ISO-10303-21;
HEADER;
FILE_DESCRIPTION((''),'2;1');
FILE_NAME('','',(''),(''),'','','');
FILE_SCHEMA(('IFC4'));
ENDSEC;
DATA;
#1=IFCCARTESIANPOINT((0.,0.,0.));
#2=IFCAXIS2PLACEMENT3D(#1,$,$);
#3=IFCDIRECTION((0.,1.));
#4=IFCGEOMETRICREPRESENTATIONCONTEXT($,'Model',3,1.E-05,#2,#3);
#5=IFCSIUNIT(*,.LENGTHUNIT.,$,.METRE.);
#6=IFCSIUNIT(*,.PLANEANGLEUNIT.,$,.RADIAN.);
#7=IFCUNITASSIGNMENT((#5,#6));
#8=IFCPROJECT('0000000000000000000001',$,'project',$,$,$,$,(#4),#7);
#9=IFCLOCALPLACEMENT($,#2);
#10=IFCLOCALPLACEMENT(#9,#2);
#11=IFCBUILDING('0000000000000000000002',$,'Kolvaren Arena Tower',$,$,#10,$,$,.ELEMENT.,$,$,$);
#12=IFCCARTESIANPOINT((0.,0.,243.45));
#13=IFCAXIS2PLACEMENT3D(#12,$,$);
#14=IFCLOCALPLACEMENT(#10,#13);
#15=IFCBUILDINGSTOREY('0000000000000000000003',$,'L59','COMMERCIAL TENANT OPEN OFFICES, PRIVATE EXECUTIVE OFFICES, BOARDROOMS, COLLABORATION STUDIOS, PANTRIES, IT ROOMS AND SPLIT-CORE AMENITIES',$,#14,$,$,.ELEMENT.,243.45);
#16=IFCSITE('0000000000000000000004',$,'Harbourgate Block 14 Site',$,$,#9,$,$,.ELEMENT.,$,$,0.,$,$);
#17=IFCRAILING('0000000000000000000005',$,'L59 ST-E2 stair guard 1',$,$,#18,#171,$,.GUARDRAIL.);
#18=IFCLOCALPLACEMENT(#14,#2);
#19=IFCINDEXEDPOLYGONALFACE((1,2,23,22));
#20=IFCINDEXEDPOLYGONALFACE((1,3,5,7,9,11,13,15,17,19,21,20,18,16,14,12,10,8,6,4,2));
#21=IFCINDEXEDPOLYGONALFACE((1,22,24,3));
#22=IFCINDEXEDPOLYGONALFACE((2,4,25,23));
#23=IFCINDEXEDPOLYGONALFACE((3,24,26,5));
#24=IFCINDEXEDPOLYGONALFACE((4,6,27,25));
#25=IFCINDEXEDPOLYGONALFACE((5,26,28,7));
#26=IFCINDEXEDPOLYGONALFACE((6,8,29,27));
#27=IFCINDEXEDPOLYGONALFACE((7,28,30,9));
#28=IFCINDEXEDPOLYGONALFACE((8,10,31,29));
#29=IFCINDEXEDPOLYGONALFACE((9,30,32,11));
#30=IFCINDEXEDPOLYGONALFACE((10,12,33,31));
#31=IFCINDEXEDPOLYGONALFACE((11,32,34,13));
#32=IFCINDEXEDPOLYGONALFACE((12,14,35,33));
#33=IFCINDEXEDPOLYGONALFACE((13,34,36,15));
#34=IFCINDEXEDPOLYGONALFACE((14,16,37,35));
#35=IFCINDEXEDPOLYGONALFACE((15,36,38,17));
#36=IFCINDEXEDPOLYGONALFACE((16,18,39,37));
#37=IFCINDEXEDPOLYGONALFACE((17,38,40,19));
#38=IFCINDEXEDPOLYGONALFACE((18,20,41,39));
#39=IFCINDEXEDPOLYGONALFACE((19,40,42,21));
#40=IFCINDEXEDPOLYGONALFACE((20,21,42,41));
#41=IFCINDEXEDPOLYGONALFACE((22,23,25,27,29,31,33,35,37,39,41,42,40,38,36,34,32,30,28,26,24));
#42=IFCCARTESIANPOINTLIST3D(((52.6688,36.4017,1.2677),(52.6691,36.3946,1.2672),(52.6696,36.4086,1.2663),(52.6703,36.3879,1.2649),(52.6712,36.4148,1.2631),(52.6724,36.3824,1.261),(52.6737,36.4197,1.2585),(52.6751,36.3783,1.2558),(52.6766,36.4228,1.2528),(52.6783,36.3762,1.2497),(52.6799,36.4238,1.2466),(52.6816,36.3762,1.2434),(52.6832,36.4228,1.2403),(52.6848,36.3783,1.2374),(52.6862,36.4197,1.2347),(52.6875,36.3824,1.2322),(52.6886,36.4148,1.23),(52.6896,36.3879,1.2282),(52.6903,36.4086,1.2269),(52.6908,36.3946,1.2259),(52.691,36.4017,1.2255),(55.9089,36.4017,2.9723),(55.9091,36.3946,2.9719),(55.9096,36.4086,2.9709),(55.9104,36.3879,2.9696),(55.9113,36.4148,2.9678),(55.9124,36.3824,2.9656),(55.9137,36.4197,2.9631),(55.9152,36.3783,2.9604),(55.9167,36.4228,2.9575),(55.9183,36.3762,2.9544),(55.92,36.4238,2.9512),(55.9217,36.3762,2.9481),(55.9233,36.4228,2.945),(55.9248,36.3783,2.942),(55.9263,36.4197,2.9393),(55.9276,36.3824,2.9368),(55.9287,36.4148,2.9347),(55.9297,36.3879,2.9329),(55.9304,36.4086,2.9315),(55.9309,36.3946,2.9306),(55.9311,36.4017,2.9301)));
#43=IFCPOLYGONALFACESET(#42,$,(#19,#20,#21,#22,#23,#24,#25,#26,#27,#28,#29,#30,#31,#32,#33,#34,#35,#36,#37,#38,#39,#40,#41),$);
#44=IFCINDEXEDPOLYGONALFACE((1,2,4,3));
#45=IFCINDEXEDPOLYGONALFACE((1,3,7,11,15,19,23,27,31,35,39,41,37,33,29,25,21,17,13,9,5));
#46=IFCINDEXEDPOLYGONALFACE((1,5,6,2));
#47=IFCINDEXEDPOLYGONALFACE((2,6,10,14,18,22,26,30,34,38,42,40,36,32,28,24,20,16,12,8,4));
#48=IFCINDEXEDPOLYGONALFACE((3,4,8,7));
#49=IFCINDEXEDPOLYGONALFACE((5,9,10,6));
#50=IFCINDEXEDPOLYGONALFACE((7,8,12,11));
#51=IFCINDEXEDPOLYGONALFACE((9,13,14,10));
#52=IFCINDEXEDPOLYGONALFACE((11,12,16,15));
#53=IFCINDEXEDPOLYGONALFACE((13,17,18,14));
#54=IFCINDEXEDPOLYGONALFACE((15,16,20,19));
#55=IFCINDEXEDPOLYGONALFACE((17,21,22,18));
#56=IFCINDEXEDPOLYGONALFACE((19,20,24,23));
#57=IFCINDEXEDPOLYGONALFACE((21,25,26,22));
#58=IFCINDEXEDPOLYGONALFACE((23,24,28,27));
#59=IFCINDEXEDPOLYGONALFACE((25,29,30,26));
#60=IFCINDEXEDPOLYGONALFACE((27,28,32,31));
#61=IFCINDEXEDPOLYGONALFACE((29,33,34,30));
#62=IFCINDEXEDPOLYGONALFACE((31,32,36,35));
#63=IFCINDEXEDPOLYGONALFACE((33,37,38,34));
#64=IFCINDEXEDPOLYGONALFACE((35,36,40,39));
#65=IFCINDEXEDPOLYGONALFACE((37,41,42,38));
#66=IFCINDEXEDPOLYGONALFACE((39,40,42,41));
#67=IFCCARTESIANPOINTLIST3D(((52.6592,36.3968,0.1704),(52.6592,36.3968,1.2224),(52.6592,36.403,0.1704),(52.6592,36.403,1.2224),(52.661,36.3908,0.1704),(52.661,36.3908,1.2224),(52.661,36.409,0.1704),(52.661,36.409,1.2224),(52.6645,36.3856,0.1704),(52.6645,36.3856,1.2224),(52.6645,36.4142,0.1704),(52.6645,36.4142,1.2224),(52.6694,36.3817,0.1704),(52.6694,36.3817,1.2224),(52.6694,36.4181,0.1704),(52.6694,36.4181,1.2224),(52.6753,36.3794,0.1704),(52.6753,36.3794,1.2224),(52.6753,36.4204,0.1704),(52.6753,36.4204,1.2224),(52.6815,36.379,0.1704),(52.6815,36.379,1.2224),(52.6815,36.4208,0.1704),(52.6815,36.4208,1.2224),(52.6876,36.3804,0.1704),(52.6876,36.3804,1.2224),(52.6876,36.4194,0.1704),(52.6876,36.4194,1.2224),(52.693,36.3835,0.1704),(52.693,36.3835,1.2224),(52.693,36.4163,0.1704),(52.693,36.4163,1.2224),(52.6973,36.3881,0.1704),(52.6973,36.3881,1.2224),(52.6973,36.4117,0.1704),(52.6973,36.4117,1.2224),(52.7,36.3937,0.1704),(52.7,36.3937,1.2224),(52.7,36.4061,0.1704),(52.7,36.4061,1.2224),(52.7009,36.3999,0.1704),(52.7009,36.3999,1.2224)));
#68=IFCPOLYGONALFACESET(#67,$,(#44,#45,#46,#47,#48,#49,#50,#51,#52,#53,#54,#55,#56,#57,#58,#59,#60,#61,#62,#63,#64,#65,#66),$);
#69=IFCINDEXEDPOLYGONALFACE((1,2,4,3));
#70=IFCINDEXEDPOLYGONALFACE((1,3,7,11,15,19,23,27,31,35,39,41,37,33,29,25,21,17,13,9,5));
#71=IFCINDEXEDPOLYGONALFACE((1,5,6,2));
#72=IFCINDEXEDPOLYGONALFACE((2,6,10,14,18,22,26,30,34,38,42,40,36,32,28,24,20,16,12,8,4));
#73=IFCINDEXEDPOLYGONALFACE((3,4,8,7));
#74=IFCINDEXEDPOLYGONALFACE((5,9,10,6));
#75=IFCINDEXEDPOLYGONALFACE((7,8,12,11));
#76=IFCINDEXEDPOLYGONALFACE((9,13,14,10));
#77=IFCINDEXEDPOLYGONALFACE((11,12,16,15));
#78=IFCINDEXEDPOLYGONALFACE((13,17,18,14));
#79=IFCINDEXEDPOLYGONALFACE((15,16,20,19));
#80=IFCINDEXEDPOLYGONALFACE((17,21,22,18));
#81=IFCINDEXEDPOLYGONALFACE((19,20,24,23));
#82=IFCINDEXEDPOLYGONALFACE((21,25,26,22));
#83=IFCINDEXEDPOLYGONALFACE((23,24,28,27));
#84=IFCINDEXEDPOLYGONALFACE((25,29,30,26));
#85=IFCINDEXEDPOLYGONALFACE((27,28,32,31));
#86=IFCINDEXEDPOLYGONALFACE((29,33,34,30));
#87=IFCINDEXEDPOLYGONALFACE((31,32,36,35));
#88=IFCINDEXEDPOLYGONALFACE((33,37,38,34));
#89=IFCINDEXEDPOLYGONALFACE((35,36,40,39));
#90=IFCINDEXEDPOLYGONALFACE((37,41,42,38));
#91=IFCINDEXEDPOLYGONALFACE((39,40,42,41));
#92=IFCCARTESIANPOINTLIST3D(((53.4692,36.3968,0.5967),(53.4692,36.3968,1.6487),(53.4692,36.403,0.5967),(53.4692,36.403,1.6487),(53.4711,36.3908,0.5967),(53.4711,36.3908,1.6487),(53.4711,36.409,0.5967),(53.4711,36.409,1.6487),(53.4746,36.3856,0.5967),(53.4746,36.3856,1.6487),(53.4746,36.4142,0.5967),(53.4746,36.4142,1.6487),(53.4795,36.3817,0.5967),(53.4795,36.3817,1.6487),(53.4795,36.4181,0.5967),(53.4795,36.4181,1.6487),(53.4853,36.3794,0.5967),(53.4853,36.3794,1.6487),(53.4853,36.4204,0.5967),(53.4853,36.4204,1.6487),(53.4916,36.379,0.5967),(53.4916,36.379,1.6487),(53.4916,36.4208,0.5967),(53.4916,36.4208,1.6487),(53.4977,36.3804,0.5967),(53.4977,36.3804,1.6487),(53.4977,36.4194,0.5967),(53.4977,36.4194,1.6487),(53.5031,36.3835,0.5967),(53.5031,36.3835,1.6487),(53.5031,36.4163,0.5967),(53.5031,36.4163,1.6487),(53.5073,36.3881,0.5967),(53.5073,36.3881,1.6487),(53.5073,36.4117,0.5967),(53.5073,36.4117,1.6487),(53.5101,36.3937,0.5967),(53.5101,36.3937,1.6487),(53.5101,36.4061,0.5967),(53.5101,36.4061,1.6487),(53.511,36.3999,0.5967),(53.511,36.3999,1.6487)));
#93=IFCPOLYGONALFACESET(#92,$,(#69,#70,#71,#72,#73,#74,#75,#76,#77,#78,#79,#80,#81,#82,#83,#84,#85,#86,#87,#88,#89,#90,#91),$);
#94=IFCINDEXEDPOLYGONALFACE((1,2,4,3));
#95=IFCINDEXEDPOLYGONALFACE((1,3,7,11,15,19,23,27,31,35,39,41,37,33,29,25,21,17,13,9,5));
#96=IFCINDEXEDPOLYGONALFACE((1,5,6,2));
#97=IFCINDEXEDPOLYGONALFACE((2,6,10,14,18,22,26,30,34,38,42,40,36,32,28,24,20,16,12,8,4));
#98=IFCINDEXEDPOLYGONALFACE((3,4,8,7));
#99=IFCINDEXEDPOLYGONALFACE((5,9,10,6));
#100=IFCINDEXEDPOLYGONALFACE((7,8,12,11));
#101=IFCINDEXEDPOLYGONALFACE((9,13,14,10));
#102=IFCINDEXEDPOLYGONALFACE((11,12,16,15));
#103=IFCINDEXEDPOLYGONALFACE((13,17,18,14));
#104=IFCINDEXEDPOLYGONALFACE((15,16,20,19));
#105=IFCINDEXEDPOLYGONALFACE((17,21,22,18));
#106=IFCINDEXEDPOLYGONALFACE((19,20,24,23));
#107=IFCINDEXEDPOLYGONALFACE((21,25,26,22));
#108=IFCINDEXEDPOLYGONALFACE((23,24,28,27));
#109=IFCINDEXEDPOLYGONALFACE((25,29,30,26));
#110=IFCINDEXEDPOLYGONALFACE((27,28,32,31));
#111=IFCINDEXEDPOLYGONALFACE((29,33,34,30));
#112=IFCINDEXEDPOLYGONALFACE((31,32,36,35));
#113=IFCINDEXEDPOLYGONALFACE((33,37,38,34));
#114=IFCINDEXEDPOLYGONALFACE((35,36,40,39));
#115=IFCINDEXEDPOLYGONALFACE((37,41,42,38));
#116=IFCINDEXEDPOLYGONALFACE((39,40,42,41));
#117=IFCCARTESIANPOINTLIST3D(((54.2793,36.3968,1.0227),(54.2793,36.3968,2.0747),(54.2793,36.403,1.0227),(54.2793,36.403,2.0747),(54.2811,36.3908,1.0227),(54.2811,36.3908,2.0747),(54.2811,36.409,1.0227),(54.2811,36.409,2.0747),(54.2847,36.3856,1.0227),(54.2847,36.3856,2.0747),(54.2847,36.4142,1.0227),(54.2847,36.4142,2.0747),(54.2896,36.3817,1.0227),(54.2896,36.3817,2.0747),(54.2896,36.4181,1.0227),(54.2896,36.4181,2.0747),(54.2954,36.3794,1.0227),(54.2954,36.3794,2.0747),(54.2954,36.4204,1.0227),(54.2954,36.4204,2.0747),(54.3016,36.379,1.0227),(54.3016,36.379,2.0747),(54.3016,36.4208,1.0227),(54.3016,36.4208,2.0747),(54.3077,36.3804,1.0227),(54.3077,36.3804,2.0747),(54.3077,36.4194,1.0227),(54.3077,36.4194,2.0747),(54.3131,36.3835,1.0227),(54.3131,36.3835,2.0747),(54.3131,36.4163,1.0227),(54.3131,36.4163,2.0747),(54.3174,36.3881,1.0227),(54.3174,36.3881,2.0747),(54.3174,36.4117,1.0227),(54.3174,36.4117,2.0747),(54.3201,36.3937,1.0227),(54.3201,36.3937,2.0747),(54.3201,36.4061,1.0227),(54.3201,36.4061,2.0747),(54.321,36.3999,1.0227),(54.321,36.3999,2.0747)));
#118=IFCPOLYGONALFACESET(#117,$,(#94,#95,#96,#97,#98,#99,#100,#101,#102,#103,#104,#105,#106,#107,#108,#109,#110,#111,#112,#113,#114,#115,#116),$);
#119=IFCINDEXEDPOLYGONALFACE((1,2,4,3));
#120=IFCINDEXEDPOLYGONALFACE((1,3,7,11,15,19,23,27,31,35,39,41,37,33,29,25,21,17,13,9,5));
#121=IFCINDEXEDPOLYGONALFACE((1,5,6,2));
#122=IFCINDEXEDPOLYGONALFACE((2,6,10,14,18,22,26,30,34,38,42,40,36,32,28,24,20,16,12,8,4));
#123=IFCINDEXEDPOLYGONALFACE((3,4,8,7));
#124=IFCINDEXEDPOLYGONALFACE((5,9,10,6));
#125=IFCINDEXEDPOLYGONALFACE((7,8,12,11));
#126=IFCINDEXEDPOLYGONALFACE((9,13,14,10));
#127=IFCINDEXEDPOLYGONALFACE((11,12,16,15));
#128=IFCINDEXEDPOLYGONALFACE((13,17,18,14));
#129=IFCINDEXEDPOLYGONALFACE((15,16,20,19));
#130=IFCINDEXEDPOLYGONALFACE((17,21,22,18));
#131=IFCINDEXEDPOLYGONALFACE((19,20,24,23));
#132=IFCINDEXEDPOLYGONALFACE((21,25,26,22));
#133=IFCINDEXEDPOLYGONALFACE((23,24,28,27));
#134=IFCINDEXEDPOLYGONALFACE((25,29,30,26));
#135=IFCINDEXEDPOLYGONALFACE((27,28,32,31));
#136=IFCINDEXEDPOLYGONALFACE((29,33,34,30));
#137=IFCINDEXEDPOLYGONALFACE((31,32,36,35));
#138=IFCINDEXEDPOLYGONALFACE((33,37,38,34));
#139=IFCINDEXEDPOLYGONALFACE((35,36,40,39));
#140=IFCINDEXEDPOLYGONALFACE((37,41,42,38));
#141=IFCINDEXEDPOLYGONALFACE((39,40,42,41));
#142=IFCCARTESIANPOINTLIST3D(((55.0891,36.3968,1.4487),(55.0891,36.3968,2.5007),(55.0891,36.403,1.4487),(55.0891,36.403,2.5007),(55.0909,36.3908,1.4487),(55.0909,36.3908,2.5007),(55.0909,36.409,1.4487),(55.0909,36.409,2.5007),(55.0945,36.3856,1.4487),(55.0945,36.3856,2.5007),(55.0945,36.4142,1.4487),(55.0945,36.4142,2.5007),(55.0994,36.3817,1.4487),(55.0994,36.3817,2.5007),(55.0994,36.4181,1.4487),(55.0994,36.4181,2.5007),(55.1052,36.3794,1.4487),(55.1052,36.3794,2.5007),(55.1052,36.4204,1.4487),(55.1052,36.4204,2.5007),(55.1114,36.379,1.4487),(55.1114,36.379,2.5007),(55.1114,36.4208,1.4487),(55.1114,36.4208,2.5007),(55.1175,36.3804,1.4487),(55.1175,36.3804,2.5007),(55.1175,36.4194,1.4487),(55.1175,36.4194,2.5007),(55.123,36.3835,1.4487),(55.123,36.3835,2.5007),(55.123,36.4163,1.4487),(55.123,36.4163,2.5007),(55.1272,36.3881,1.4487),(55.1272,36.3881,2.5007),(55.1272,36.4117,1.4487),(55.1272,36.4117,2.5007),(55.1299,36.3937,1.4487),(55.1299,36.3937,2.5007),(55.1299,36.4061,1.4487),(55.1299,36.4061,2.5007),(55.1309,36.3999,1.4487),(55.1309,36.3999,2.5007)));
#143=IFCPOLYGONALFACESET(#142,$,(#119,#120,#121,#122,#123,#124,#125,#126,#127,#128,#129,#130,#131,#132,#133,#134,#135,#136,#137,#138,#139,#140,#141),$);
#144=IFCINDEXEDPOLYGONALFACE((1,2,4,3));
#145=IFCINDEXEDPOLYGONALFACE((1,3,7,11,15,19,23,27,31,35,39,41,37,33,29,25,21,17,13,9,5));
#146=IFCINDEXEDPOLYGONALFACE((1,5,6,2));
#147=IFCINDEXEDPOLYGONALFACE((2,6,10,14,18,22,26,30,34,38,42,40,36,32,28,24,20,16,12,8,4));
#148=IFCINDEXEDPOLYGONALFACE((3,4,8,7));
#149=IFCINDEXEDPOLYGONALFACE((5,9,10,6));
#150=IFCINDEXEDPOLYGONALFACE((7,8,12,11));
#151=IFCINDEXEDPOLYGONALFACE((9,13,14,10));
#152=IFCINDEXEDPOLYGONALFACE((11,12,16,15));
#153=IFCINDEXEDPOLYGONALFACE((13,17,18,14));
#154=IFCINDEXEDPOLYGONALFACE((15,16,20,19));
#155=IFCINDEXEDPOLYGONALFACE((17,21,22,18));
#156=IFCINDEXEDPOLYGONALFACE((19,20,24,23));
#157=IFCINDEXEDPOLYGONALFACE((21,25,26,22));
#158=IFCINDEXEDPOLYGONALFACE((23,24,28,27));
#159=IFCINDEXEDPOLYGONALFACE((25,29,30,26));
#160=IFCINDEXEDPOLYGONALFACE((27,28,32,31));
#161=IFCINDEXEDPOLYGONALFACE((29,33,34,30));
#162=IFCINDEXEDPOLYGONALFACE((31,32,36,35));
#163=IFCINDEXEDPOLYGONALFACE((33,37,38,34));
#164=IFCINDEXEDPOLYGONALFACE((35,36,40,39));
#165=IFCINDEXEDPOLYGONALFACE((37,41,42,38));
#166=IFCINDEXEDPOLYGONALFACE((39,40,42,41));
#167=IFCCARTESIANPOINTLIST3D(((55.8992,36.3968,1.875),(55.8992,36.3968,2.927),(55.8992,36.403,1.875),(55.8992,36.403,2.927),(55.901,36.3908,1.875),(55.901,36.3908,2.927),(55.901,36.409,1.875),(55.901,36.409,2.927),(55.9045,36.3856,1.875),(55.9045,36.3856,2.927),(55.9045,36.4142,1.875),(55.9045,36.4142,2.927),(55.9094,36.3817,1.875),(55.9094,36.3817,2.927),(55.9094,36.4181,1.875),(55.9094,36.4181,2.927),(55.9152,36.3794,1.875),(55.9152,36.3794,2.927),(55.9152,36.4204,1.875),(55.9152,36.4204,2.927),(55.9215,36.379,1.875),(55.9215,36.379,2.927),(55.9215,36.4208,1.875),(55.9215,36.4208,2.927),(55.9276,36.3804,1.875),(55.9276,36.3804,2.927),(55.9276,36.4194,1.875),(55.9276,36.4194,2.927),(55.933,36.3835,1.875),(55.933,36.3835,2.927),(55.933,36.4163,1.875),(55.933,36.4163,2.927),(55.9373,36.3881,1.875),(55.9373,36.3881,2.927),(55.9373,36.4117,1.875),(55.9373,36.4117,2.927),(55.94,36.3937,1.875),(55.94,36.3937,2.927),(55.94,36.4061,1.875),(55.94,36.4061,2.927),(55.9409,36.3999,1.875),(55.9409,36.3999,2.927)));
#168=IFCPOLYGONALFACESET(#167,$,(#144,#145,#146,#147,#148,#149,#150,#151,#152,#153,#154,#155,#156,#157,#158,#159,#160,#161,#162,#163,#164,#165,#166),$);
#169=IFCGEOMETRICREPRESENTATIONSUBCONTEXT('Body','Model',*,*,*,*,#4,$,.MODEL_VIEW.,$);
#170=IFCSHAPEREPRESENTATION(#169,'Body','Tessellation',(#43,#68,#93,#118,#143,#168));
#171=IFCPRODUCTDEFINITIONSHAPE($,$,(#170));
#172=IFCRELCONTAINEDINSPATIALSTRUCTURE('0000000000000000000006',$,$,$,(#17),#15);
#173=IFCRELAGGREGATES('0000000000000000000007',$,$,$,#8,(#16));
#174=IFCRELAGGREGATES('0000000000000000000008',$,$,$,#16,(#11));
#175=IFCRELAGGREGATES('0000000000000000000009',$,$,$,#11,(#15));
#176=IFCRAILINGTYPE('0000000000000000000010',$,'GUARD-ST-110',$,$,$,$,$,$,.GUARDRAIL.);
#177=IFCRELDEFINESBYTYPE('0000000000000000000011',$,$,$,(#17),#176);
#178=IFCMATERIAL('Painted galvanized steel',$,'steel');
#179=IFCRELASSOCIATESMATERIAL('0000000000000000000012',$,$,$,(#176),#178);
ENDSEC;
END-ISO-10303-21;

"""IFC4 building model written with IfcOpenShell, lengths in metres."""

from ifc_helpers import new_model, si_unit, direction, frame, origin, origin_2d, place, context, subcontext, project, spatial, circle, extrude, material, type_object, element, save


model = new_model("IFC4")

# Units and contexts
model_context = context("Model", 3, precision=1e-05, world=origin(), true_north=direction((0.0, 1.0)))
body_context = subcontext(model_context, "Body", "Model", "MODEL_VIEW")
ifc_project = project(units=[si_unit("LENGTHUNIT", "METRE"), si_unit("PLANEANGLEUNIT", "RADIAN")], contexts=[model_context])

# Site, building, storey
site_placement = place(None, origin())
site = spatial("IfcSite", under=ifc_project, at=site_placement, Name="Harbourgate Block 14 Site", CompositionType="ELEMENT", RefElevation=0.0)
building_placement = place(site_placement, origin())
building = spatial("IfcBuilding", under=site, at=building_placement, Name="Kolvaren Arena Tower", CompositionType="ELEMENT")
storey_placement = place(building_placement, frame((0.0, 0.0, 243.45)))
storey = spatial("IfcBuildingStorey", under=building, at=storey_placement, Name="L59", Description="COMMERCIAL TENANT OPEN OFFICES, PRIVATE EXECUTIVE OFFICES, BOARDROOMS, COLLABORATION STUDIOS, PANTRIES, IT ROOMS AND SPLIT-CORE AMENITIES", CompositionType="ELEMENT", Elevation=243.45)

# Railing
ifc_material_1 = material(Name="Painted galvanized steel", Category="steel")
railing_type = type_object("IfcRailingType", Name="GUARD-ST-110", PredefinedType="GUARDRAIL", material=ifc_material_1)
railing_1_placement = place(storey_placement, frame((52.6799, 36.3999, 0.1704)))
element("IfcRailing", 1, at=railing_1_placement, inside=storey, type_object=railing_type, Name="L59 ST-E2 stair guard 1", PredefinedType="GUARDRAIL", context=body_context, shape_type="SweptSolid", body=[
    extrude(circle(Radius=0.0239, at=origin_2d()), frame((0.0, 0.0, 1.0762), z_axis=(0.884993, 0.0, 0.465604), x_axis=(0.0, 1.0, 0.0)), (0.0, 0.0, 1.0), 3.6611),
    extrude(circle(Radius=0.021, at=origin_2d()), origin(), (0.0, 0.0, 1.0), 1.052),
    extrude(circle(Radius=0.021, at=origin_2d()), frame((0.8101, 0.0, 0.4263)), (0.0, 0.0, 1.0), 1.052),
    extrude(circle(Radius=0.021, at=origin_2d()), frame((1.6201, 0.0, 0.8523)), (0.0, 0.0, 1.0), 1.052),
    extrude(circle(Radius=0.021, at=origin_2d()), frame((2.4299, 0.0, 1.2783)), (0.0, 0.0, 1.0), 1.052),
    extrude(circle(Radius=0.021, at=origin_2d()), frame((3.24, 0.0, 1.7046)), (0.0, 0.0, 1.0), 1.052),
])

save(model, "model.ifc")
